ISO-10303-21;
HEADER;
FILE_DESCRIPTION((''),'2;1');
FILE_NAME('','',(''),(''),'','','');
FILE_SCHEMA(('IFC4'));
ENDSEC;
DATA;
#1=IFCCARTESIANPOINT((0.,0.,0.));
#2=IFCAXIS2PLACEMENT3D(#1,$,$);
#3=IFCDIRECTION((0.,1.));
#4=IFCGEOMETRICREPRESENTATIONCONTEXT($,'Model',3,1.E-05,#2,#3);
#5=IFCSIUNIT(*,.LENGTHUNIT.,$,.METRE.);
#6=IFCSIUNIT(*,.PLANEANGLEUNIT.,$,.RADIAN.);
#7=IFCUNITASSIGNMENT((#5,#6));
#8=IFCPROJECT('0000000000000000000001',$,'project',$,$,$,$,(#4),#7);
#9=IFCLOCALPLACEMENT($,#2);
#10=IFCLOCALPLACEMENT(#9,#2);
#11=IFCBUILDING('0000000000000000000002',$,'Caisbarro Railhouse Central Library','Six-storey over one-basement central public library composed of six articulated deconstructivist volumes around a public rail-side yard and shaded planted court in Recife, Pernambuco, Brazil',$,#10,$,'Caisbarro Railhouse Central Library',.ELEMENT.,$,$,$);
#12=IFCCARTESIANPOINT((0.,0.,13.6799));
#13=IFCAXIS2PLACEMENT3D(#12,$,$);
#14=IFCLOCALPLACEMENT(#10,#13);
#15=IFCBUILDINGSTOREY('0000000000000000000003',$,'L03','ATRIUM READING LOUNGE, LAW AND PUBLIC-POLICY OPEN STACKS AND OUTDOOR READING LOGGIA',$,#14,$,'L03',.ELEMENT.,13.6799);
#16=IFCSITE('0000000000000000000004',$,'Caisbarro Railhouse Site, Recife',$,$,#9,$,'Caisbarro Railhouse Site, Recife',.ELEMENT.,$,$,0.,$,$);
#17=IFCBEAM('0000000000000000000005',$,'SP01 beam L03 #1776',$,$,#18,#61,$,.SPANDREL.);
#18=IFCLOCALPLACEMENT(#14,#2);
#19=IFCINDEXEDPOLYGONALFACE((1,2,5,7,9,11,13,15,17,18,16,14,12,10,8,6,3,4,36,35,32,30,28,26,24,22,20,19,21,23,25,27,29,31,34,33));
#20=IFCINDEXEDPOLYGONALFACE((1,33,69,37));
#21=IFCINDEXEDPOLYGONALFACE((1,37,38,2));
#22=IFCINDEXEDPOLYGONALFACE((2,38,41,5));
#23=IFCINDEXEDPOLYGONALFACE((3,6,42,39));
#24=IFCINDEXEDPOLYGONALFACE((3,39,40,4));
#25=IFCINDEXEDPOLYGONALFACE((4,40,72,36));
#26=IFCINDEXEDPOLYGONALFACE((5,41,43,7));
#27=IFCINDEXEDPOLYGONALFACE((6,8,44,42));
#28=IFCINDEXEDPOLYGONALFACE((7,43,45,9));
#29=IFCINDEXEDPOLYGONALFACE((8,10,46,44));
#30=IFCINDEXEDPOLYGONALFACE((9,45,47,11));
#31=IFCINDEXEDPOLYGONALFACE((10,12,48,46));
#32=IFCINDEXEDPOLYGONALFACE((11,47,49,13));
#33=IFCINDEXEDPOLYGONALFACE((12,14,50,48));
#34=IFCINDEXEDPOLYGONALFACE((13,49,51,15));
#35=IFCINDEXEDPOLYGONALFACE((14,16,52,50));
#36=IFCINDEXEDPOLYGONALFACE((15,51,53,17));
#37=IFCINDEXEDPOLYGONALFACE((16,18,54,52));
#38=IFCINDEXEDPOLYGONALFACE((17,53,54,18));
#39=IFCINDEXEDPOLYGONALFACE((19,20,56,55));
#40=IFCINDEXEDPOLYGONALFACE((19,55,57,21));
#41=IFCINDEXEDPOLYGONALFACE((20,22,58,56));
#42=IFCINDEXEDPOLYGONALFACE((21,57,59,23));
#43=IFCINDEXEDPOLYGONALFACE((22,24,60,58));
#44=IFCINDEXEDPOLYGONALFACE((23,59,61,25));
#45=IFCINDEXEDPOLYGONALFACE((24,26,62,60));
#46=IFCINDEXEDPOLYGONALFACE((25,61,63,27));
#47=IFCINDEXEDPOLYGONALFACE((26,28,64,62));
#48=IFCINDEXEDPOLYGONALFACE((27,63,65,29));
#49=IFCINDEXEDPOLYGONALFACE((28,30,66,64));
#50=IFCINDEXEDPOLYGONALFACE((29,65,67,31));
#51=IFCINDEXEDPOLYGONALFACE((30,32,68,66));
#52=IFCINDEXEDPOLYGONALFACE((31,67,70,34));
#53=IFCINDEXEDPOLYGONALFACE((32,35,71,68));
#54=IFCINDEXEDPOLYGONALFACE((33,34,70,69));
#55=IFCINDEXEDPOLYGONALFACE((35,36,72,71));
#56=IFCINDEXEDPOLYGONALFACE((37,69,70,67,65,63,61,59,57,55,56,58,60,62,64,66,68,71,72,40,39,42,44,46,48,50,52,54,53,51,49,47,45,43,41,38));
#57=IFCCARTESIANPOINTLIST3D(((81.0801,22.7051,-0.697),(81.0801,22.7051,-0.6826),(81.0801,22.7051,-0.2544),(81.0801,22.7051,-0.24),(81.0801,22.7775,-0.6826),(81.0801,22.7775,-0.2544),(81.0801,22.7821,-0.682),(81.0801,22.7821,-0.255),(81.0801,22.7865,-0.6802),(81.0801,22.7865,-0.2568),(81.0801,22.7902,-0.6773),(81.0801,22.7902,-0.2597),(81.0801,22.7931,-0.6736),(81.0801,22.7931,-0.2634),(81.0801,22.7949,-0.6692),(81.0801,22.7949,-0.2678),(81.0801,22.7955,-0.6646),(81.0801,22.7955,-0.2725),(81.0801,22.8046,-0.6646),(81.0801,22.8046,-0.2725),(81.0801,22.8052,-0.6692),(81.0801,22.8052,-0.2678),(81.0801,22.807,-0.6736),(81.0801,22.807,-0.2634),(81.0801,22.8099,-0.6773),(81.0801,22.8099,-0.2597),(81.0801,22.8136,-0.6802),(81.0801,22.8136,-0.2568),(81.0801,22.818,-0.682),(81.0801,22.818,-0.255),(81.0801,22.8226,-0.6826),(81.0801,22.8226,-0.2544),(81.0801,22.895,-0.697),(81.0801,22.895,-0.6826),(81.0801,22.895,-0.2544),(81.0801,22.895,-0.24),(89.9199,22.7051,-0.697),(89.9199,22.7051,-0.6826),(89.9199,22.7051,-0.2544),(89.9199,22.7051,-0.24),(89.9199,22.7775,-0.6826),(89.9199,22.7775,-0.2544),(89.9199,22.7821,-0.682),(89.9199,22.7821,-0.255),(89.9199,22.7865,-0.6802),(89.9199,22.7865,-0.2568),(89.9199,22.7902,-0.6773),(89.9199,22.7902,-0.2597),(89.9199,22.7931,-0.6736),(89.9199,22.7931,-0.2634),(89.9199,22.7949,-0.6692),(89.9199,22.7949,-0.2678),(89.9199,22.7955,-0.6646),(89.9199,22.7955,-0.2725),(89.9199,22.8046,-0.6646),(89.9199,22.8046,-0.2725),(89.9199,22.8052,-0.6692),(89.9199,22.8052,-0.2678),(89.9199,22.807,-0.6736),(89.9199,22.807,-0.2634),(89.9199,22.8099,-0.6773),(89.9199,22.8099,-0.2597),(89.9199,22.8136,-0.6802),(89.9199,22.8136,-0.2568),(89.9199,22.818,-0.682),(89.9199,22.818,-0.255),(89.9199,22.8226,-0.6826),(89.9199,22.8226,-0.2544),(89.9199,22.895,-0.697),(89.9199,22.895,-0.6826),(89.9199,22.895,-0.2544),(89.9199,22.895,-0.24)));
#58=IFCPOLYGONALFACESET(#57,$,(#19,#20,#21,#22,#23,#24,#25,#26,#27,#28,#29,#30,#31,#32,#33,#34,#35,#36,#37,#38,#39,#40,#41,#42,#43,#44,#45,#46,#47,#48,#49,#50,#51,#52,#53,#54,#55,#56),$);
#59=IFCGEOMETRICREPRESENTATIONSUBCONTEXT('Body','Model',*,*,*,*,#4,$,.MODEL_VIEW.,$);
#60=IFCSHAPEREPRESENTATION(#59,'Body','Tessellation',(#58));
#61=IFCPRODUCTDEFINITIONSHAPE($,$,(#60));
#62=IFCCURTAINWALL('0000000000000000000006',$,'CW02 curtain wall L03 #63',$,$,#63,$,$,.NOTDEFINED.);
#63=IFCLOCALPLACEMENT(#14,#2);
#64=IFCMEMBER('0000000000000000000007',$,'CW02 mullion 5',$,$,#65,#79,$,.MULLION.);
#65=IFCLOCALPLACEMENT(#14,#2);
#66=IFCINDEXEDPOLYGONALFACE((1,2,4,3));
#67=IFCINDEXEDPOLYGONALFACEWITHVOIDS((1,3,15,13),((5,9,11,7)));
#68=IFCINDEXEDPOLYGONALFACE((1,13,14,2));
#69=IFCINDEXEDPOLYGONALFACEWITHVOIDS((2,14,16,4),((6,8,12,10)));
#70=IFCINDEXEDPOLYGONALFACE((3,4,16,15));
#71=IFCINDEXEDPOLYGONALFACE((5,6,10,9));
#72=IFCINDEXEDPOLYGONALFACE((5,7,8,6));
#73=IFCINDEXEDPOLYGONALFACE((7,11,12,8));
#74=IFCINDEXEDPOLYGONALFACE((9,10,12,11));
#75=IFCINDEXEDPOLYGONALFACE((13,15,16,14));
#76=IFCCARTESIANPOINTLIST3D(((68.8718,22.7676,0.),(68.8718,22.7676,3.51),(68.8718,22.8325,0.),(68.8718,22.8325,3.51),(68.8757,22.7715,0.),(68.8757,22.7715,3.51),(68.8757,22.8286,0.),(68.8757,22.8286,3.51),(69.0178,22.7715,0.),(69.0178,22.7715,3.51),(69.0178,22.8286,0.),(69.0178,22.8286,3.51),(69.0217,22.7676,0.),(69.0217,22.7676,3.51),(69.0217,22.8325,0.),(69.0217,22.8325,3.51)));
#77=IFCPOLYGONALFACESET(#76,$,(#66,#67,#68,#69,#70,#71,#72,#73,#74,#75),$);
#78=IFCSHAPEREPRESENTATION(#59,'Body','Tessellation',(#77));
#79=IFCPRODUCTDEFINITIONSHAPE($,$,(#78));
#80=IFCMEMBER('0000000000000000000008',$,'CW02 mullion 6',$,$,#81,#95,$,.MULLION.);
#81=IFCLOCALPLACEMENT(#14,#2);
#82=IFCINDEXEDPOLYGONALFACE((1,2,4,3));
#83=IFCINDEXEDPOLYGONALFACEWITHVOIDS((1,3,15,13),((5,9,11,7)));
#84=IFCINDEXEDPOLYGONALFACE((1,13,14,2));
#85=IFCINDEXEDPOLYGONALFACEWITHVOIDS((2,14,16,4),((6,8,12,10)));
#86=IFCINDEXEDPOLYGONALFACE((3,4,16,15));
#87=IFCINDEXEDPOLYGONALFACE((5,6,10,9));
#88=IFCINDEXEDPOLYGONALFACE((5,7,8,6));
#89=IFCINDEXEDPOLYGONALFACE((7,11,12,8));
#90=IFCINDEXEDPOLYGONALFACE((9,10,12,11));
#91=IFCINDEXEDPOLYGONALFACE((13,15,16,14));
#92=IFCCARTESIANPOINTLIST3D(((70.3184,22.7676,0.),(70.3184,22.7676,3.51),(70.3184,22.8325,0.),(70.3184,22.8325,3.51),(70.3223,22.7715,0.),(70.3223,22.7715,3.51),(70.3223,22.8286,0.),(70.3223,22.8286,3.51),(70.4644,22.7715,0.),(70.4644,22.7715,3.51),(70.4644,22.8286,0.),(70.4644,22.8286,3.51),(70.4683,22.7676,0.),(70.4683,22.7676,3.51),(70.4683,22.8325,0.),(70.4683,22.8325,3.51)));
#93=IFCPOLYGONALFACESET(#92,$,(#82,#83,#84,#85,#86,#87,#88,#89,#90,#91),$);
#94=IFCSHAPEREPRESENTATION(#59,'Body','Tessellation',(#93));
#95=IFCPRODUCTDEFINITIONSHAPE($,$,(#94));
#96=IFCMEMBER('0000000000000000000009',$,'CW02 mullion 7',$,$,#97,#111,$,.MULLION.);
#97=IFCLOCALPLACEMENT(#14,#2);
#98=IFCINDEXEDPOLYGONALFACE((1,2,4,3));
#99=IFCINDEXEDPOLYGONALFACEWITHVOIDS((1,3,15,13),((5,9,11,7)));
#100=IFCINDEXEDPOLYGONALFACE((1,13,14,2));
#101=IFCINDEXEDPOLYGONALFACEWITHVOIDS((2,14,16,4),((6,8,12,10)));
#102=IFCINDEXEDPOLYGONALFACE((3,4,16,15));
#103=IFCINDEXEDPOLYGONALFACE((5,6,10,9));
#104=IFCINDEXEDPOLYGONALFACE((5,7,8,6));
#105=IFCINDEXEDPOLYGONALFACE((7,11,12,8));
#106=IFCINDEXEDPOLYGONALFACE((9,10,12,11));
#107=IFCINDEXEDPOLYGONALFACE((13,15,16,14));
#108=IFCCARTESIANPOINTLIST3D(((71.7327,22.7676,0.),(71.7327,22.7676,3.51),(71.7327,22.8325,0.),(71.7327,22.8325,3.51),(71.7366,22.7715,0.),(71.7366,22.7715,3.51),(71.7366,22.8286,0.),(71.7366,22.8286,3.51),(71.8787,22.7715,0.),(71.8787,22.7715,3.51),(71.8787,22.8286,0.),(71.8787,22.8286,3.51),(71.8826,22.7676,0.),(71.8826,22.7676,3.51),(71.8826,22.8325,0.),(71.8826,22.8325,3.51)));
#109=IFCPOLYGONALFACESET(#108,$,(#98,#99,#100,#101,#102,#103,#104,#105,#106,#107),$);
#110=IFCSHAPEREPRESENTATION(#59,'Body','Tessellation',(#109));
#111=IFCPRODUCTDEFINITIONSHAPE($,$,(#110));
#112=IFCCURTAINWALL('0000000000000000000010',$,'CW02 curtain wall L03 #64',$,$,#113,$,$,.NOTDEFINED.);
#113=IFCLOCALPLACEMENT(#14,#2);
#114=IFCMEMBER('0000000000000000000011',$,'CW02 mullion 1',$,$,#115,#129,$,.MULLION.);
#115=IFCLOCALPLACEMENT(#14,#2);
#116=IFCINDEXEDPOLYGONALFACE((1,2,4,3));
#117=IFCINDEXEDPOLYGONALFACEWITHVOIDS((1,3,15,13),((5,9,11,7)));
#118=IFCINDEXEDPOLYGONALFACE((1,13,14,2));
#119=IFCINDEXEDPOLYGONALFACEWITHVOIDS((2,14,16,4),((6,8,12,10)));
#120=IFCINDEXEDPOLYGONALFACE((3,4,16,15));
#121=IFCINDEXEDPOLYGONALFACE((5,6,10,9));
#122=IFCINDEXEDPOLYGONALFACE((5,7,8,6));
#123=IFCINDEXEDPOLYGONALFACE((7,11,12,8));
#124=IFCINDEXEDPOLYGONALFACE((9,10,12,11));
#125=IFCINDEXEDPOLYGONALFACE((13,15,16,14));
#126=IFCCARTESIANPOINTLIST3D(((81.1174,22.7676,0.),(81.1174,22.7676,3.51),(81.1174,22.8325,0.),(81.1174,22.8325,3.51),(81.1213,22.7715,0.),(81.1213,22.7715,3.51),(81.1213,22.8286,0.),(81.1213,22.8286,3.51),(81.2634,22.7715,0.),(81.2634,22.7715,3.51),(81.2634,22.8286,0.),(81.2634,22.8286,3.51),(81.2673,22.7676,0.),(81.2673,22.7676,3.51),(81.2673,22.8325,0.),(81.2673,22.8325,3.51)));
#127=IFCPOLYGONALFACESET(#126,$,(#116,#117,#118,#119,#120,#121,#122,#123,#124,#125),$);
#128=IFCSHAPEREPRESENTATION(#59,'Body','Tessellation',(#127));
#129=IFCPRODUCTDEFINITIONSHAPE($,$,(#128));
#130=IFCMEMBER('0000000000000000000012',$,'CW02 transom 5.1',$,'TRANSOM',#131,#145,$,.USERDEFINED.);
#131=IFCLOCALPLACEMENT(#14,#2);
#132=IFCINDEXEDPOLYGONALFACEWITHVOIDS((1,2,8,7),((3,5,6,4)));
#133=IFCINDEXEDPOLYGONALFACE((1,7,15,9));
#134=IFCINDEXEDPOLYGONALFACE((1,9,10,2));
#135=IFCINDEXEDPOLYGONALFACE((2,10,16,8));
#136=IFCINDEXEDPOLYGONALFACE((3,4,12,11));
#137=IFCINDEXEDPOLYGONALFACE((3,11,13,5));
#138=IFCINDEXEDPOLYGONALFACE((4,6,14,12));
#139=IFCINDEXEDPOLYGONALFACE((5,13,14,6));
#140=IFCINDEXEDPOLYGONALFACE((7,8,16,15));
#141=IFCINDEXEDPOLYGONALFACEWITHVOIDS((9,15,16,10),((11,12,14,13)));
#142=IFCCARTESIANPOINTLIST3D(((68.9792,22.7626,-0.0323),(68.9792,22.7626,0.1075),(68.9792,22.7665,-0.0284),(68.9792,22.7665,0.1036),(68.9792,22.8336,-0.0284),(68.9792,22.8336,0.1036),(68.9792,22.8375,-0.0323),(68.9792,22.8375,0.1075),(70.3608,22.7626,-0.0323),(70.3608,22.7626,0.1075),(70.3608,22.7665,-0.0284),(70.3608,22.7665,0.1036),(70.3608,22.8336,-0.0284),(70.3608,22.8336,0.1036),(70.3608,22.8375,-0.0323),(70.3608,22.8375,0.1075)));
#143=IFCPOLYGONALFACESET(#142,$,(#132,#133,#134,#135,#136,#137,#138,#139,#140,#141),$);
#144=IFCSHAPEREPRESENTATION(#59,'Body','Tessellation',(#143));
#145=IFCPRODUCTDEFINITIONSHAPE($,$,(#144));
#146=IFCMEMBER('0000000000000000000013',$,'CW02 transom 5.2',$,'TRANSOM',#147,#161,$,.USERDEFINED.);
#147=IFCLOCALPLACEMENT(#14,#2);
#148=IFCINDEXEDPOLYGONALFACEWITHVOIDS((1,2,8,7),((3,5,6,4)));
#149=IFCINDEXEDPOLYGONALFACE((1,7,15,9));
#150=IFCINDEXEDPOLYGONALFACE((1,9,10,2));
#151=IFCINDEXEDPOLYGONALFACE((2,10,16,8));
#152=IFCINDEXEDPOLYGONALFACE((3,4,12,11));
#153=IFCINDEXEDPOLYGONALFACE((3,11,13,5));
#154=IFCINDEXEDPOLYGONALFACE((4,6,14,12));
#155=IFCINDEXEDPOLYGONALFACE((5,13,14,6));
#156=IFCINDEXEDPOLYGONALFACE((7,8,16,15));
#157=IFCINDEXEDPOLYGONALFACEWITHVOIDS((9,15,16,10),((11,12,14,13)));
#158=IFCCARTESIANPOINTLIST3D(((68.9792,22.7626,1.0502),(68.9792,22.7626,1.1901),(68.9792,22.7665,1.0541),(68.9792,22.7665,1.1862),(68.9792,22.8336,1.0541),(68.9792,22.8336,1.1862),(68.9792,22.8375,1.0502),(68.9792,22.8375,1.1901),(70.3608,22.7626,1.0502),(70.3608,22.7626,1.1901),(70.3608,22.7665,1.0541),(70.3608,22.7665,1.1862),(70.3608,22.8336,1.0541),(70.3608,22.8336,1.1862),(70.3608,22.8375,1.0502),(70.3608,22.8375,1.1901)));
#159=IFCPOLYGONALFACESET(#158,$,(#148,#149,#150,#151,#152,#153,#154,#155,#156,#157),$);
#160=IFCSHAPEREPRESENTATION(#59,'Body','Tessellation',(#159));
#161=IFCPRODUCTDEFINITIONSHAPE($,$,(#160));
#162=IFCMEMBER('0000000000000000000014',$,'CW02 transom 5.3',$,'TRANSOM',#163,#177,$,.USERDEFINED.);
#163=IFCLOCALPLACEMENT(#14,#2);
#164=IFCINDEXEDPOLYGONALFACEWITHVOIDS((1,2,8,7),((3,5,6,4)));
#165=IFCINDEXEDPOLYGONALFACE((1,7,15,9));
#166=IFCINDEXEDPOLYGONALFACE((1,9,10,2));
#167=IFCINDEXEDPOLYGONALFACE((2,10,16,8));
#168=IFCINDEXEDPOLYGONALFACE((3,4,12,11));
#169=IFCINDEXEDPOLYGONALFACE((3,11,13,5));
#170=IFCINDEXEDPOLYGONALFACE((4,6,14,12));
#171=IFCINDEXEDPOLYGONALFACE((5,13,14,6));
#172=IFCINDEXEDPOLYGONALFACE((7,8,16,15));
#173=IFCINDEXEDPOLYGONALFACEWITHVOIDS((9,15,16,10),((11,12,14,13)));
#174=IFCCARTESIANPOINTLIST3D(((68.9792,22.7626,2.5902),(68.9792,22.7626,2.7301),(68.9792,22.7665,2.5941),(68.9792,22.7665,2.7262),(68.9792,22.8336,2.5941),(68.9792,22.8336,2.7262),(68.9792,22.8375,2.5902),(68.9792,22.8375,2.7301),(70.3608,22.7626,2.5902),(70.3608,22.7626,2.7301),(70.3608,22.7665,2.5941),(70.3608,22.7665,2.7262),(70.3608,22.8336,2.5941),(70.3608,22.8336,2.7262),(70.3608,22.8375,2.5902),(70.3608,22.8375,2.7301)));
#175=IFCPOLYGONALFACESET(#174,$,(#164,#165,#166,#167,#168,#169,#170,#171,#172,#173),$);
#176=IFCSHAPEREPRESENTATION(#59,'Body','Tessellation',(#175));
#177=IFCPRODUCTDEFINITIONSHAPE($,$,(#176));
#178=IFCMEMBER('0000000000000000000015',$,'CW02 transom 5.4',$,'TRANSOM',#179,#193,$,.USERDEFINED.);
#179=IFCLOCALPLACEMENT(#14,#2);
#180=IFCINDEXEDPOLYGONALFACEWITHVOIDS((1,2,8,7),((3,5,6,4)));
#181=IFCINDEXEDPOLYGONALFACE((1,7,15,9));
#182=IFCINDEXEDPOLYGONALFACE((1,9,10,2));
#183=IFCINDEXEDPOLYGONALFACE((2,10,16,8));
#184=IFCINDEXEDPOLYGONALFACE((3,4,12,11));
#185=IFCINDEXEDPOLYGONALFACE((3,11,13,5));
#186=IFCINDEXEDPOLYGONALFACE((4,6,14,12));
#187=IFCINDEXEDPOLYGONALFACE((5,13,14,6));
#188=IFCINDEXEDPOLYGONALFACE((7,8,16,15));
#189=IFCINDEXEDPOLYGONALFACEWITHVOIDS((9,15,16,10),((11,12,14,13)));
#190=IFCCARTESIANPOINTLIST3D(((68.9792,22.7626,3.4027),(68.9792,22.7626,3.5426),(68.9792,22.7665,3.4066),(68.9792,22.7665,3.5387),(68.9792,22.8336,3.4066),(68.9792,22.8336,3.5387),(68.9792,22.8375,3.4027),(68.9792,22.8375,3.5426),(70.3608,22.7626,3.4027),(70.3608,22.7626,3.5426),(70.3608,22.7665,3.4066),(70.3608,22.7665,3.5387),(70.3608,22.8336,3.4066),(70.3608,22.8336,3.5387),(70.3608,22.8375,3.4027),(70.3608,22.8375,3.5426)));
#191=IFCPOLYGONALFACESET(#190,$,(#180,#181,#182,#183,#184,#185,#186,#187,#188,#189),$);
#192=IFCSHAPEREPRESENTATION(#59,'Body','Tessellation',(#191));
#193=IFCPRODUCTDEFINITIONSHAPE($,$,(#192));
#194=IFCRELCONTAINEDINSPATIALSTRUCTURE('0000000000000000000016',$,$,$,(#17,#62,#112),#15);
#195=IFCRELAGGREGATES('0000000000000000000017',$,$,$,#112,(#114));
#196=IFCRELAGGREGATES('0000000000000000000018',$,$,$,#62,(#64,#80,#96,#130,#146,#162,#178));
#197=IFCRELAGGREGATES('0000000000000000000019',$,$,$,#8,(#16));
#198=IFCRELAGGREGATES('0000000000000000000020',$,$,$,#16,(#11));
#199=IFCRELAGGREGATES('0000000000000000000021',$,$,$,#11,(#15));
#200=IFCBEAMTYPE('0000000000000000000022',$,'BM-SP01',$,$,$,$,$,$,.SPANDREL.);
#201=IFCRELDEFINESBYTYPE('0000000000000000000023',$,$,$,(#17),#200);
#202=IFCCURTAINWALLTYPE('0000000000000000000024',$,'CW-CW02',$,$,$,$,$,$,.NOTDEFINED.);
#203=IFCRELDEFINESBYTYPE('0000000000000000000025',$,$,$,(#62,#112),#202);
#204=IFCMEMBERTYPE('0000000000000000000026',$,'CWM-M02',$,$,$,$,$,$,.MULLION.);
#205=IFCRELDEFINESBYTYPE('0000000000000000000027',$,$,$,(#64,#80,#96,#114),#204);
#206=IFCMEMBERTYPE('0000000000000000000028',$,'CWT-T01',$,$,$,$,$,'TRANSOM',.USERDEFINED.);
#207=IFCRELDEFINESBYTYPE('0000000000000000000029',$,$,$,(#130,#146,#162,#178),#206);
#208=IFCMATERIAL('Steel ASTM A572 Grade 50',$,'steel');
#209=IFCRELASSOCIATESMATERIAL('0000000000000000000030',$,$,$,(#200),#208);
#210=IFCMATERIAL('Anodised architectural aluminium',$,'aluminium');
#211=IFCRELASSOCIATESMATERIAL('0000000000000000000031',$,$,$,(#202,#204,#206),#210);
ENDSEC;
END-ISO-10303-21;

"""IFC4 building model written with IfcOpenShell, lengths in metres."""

from ifc_helpers import new_model, si_unit, direction, frame, origin, origin_2d, place, context, subcontext, project, spatial, hollow_rectangle, i_section, extrude, material, material_profile, profile_set, type_object, element, aggregate, save


model = new_model("IFC4")

# Units and contexts
model_context = context("Model", 3, precision=1e-05, world=origin(), true_north=direction((0.0, 1.0)))
body_context = subcontext(model_context, "Body", "Model", "MODEL_VIEW")
ifc_project = project(units=[si_unit("LENGTHUNIT", "METRE"), si_unit("PLANEANGLEUNIT", "RADIAN")], contexts=[model_context])

# Site, building, storey
site_placement = place(None, origin())
site = spatial("IfcSite", under=ifc_project, at=site_placement, Name="Caisbarro Railhouse Site, Recife", LongName="Caisbarro Railhouse Site, Recife", CompositionType="ELEMENT", RefElevation=0.0)
building_placement = place(site_placement, origin())
building = spatial("IfcBuilding", under=site, at=building_placement, Name="Caisbarro Railhouse Central Library", Description="Six-storey over one-basement central public library composed of six articulated deconstructivist volumes around a public rail-side yard and shaded planted court in Recife, Pernambuco, Brazil", LongName="Caisbarro Railhouse Central Library", CompositionType="ELEMENT")
storey_placement = place(building_placement, frame((0.0, 0.0, 13.6799)))
storey = spatial("IfcBuildingStorey", under=building, at=storey_placement, Name="L03", Description="ATRIUM READING LOUNGE, LAW AND PUBLIC-POLICY OPEN STACKS AND OUTDOOR READING LOGGIA", LongName="L03", CompositionType="ELEMENT", Elevation=13.6799)

# Shared definitions
ifc_material_1 = material(Name="Steel ASTM A572 Grade 50", Category="steel")

# Beam
ifc_material_profile_1 = material_profile(ifc_material_1, i_section(OverallWidth=0.1899, OverallDepth=0.457, WebThickness=0.009, FlangeThickness=0.0144, FilletRadius=0.0181, at=origin_2d()), Name="W460X74.0")
ifc_profile_set_1 = profile_set([ifc_material_profile_1], Name="Steel ASTM A572 Grade 50")
beam_type_1 = type_object("IfcBeamType", Name="BM-SP01", PredefinedType="SPANDREL", material=ifc_profile_set_1)
for number, where, z_axis, x_axis, name in (
    (1, (81.0801, 22.8, -0.4685), (1.0, 0.0, 0.0), (0.0, 1.0, 0.0), "SP01 beam L03 #1776"),
):
    element("IfcBeam", number, at=place(storey_placement, frame(where, z_axis=z_axis, x_axis=x_axis)), inside=storey, type_object=beam_type_1, Name=name, PredefinedType="SPANDREL", context=body_context, shape_type="SweptSolid", body=[
        extrude(i_section(OverallWidth=0.1899, OverallDepth=0.457, WebThickness=0.009, FlangeThickness=0.0144, FilletRadius=0.0181, at=origin_2d()), origin(), (0.0, 0.0, 1.0), 8.8398),
    ])

# Curtain wall, members
ifc_material_2 = material(Name="Anodised architectural aluminium", Category="aluminium")
curtain_wall_type = type_object("IfcCurtainWallType", Name="CW-CW02", PredefinedType="NOTDEFINED", material=ifc_material_2)
curtain_wall_1_placement = place(storey_placement, origin())
curtain_wall_1 = element("IfcCurtainWall", 2, at=curtain_wall_1_placement, inside=storey, type_object=curtain_wall_type, Name="CW02 curtain wall L03 #63", PredefinedType="NOTDEFINED")
ifc_material_profile_2 = material_profile(ifc_material_2, hollow_rectangle(XDim=0.0649, YDim=0.1499, WallThickness=0.0039, at=origin_2d()), Name="ALU-MUL-65X150")
ifc_profile_set_2 = profile_set([ifc_material_profile_2], Name="Anodised architectural aluminium")
member_type_1 = type_object("IfcMemberType", Name="CWM-M02", PredefinedType="MULLION", material=ifc_profile_set_2)
member_1_placement = place(storey_placement, frame((68.9468, 22.8, 0.0), z_axis=(0.0, 0.0, 1.0), x_axis=(0.0, 1.0, 0.0)))
member_1 = element("IfcMember", 3, at=member_1_placement, type_object=member_type_1, Name="CW02 mullion 5", PredefinedType="MULLION", context=body_context, shape_type="SweptSolid", body=[
    extrude(hollow_rectangle(XDim=0.0649, YDim=0.1499, WallThickness=0.0039, at=origin_2d()), origin(), (0.0, 0.0, 1.0), 3.51),
])
member_2_placement = place(storey_placement, frame((70.3933, 22.8, 0.0), z_axis=(0.0, 0.0, 1.0), x_axis=(0.0, 1.0, 0.0)))
member_2 = element("IfcMember", 4, at=member_2_placement, type_object=member_type_1, Name="CW02 mullion 6", PredefinedType="MULLION", context=body_context, shape_type="SweptSolid", body=[
    extrude(hollow_rectangle(XDim=0.0649, YDim=0.1499, WallThickness=0.0039, at=origin_2d()), origin(), (0.0, 0.0, 1.0), 3.51),
])
member_3_placement = place(storey_placement, frame((71.8076, 22.8, 0.0), z_axis=(0.0, 0.0, 1.0), x_axis=(0.0, 1.0, 0.0)))
member_3 = element("IfcMember", 5, at=member_3_placement, type_object=member_type_1, Name="CW02 mullion 7", PredefinedType="MULLION", context=body_context, shape_type="SweptSolid", body=[
    extrude(hollow_rectangle(XDim=0.0649, YDim=0.1499, WallThickness=0.0039, at=origin_2d()), origin(), (0.0, 0.0, 1.0), 3.51),
])

# Curtain wall, member
curtain_wall_2_placement = place(storey_placement, origin())
curtain_wall_2 = element("IfcCurtainWall", 6, at=curtain_wall_2_placement, inside=storey, type_object=curtain_wall_type, Name="CW02 curtain wall L03 #64", PredefinedType="NOTDEFINED")
member_4_placement = place(storey_placement, frame((81.1924, 22.8, 0.0), z_axis=(0.0, 0.0, 1.0), x_axis=(0.0, 1.0, 0.0)))
member_4 = element("IfcMember", 7, at=member_4_placement, type_object=member_type_1, Name="CW02 mullion 1", PredefinedType="MULLION", context=body_context, shape_type="SweptSolid", body=[
    extrude(hollow_rectangle(XDim=0.0649, YDim=0.1499, WallThickness=0.0039, at=origin_2d()), origin(), (0.0, 0.0, 1.0), 3.51),
])

# Members
ifc_material_profile_3 = material_profile(ifc_material_2, hollow_rectangle(XDim=0.075, YDim=0.1399, WallThickness=0.0039, at=origin_2d()), Name="ALU-TRN-75X140")
ifc_profile_set_3 = profile_set([ifc_material_profile_3], Name="Anodised architectural aluminium")
member_type_2 = type_object("IfcMemberType", Name="CWT-T01", ElementType="TRANSOM", PredefinedType="USERDEFINED", material=ifc_profile_set_3)
member_5_placement = place(storey_placement, frame((68.9792, 22.8, 0.0376), z_axis=(1.0, 0.0, 0.0), x_axis=(0.0, 1.0, 0.0)))
member_5 = element("IfcMember", 8, at=member_5_placement, type_object=member_type_2, Name="CW02 transom 5.1", ObjectType="TRANSOM", PredefinedType="USERDEFINED", context=body_context, shape_type="SweptSolid", body=[
    extrude(hollow_rectangle(XDim=0.075, YDim=0.1399, WallThickness=0.0039, at=origin_2d()), origin(), (0.0, 0.0, 1.0), 1.3816),
])
member_6_placement = place(storey_placement, frame((68.9792, 22.8, 1.1201), z_axis=(1.0, 0.0, 0.0), x_axis=(0.0, 1.0, 0.0)))
member_6 = element("IfcMember", 9, at=member_6_placement, type_object=member_type_2, Name="CW02 transom 5.2", ObjectType="TRANSOM", PredefinedType="USERDEFINED", context=body_context, shape_type="SweptSolid", body=[
    extrude(hollow_rectangle(XDim=0.075, YDim=0.1399, WallThickness=0.0039, at=origin_2d()), origin(), (0.0, 0.0, 1.0), 1.3816),
])
member_7_placement = place(storey_placement, frame((68.9792, 22.8, 2.6602), z_axis=(1.0, 0.0, 0.0), x_axis=(0.0, 1.0, 0.0)))
member_7 = element("IfcMember", 10, at=member_7_placement, type_object=member_type_2, Name="CW02 transom 5.3", ObjectType="TRANSOM", PredefinedType="USERDEFINED", context=body_context, shape_type="SweptSolid", body=[
    extrude(hollow_rectangle(XDim=0.075, YDim=0.1399, WallThickness=0.0039, at=origin_2d()), origin(), (0.0, 0.0, 1.0), 1.3816),
])
member_8_placement = place(storey_placement, frame((68.9792, 22.8, 3.4727), z_axis=(1.0, 0.0, 0.0), x_axis=(0.0, 1.0, 0.0)))
member_8 = element("IfcMember", 11, at=member_8_placement, type_object=member_type_2, Name="CW02 transom 5.4", ObjectType="TRANSOM", PredefinedType="USERDEFINED", context=body_context, shape_type="SweptSolid", body=[
    extrude(hollow_rectangle(XDim=0.075, YDim=0.1399, WallThickness=0.0039, at=origin_2d()), origin(), (0.0, 0.0, 1.0), 1.3816),
])
aggregate(curtain_wall_2, [member_4])

aggregate(curtain_wall_1, [member_1, member_2, member_3, member_5, member_6, member_7, member_8])

save(model, "model.ifc")
